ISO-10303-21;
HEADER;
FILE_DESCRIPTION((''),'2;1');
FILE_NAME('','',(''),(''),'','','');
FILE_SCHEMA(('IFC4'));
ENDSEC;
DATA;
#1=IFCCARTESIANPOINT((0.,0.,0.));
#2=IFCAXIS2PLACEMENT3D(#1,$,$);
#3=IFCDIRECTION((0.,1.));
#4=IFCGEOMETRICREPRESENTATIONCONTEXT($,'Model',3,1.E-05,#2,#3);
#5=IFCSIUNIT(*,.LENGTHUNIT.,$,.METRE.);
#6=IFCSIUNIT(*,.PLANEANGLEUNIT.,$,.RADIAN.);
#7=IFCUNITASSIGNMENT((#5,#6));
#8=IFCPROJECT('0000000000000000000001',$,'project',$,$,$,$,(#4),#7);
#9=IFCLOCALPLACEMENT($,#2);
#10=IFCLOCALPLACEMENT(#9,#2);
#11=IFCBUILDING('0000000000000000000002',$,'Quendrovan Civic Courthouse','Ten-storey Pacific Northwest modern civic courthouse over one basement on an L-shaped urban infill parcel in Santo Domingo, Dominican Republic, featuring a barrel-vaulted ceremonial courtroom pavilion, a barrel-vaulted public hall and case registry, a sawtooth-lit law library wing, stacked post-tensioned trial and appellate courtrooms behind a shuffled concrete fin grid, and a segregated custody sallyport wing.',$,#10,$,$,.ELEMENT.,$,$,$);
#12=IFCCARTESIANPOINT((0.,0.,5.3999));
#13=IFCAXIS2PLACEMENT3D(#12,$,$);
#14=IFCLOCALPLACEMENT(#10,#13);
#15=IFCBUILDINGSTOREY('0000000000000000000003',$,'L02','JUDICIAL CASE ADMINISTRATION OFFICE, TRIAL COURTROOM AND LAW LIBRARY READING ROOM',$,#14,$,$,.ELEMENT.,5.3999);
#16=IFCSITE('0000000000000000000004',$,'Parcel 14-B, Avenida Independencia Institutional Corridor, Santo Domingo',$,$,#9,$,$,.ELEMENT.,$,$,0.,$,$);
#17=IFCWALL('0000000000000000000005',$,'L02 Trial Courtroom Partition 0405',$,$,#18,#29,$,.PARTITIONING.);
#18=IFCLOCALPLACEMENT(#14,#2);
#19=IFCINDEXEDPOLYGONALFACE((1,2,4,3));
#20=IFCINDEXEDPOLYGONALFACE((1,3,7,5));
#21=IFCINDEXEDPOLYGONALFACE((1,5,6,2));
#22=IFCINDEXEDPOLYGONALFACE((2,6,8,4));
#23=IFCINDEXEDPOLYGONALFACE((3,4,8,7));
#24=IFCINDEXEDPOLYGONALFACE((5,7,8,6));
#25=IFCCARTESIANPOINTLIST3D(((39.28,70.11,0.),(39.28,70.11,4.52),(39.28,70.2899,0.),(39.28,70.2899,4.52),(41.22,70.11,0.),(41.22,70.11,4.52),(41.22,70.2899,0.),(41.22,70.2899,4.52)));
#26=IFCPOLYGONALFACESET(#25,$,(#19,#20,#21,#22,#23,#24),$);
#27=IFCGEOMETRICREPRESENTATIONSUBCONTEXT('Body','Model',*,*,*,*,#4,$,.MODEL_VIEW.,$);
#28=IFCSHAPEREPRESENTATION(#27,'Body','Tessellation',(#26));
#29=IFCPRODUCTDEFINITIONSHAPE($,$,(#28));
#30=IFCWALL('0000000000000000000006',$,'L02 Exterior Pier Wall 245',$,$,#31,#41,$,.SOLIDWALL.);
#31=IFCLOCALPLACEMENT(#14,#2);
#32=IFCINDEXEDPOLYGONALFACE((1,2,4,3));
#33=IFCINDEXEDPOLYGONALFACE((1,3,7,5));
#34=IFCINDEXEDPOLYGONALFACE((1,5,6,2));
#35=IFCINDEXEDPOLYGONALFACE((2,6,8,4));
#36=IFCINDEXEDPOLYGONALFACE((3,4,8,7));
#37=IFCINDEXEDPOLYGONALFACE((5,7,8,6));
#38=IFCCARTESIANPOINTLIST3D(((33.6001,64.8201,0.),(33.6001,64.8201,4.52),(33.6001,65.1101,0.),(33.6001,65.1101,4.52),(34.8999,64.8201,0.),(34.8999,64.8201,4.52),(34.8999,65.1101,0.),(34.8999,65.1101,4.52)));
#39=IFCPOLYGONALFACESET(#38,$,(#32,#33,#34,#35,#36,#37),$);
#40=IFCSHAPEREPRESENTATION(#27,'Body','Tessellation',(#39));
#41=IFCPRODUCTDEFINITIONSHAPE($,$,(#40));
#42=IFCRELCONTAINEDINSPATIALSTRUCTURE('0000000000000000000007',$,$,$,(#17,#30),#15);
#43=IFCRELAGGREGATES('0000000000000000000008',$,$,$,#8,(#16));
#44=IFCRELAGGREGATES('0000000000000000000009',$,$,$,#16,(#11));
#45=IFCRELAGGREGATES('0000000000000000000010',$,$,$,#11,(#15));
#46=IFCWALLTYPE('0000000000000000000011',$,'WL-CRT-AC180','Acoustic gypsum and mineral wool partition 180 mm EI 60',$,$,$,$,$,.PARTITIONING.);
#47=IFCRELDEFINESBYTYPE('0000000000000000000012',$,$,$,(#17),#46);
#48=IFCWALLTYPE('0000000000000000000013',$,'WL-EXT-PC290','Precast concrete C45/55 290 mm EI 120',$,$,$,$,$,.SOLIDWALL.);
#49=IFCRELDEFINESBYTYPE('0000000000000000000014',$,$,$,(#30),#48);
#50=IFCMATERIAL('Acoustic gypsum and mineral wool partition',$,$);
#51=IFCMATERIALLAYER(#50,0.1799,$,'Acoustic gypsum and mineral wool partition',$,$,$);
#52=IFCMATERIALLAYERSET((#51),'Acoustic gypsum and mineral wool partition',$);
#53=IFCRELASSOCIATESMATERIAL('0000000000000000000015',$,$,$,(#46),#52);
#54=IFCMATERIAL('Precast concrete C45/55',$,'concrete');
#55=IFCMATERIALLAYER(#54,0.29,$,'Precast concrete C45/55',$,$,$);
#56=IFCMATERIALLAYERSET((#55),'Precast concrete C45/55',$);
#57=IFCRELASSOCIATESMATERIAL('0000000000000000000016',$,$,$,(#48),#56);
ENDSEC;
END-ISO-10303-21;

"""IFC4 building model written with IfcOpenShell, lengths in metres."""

from ifc_helpers import new_model, si_unit, direction, frame, frame_2d, origin, place, context, subcontext, project, spatial, rectangle, extrude, material, layer, layer_set, type_object, element, save


model = new_model("IFC4")

# Units and contexts
model_context = context("Model", 3, precision=1e-05, world=origin(), true_north=direction((0.0, 1.0)))
body_context = subcontext(model_context, "Body", "Model", "MODEL_VIEW")
ifc_project = project(units=[si_unit("LENGTHUNIT", "METRE"), si_unit("PLANEANGLEUNIT", "RADIAN")], contexts=[model_context])

# Site, building, storey
site_placement = place(None, origin())
site = spatial("IfcSite", under=ifc_project, at=site_placement, Name="Parcel 14-B, Avenida Independencia Institutional Corridor, Santo Domingo", CompositionType="ELEMENT", RefElevation=0.0)
building_placement = place(site_placement, origin())
building = spatial("IfcBuilding", under=site, at=building_placement, Name="Quendrovan Civic Courthouse", Description="Ten-storey Pacific Northwest modern civic courthouse over one basement on an L-shaped urban infill parcel in Santo Domingo, Dominican Republic, featuring a barrel-vaulted ceremonial courtroom pavilion, a barrel-vaulted public hall and case registry, a sawtooth-lit law library wing, stacked post-tensioned trial and appellate courtrooms behind a shuffled concrete fin grid, and a segregated custody sallyport wing.", CompositionType="ELEMENT")
storey_placement = place(building_placement, frame((0.0, 0.0, 5.3999)))
storey = spatial("IfcBuildingStorey", under=building, at=storey_placement, Name="L02", Description="JUDICIAL CASE ADMINISTRATION OFFICE, TRIAL COURTROOM AND LAW LIBRARY READING ROOM", CompositionType="ELEMENT", Elevation=5.3999)

# Walls
ifc_material_1 = material(Name="Acoustic gypsum and mineral wool partition")
ifc_layer_1 = layer(ifc_material_1, 0.1799, Name="Acoustic gypsum and mineral wool partition")
ifc_layer_set_1 = layer_set([ifc_layer_1], Name="Acoustic gypsum and mineral wool partition")
wall_type_1 = type_object("IfcWallType", Name="WL-CRT-AC180", Description="Acoustic gypsum and mineral wool partition 180 mm EI 60", PredefinedType="PARTITIONING", material=ifc_layer_set_1)
wall_1_placement = place(storey_placement, frame((39.28, 70.2, 0.0), z_axis=(0.0, 0.0, 1.0), x_axis=(1.0, 0.0, 0.0)))
element("IfcWall", 1, at=wall_1_placement, inside=storey, type_object=wall_type_1, Name="L02 Trial Courtroom Partition 0405", PredefinedType="PARTITIONING", context=body_context, shape_type="SweptSolid", body=[
    extrude(rectangle(XDim=1.9399, YDim=0.1799, at=frame_2d((0.97, 0.0))), origin(), (0.0, 0.0, 1.0), 4.52),
])
ifc_material_2 = material(Name="Precast concrete C45/55", Category="concrete")
ifc_layer_2 = layer(ifc_material_2, 0.29, Name="Precast concrete C45/55")
ifc_layer_set_2 = layer_set([ifc_layer_2], Name="Precast concrete C45/55")
wall_type_2 = type_object("IfcWallType", Name="WL-EXT-PC290", Description="Precast concrete C45/55 290 mm EI 120", PredefinedType="SOLIDWALL", material=ifc_layer_set_2)
wall_2_placement = place(storey_placement, frame((34.8999, 64.9651, 0.0), z_axis=(0.0, 0.0, 1.0), x_axis=(-1.0, 0.0, 0.0)))
element("IfcWall", 2, at=wall_2_placement, inside=storey, type_object=wall_type_2, Name="L02 Exterior Pier Wall 245", PredefinedType="SOLIDWALL", context=body_context, shape_type="SweptSolid", body=[
    extrude(rectangle(XDim=1.2998, YDim=0.29, at=frame_2d((0.6499, 0.0))), origin(), (0.0, 0.0, 1.0), 4.52),
])

save(model, "model.ifc")
